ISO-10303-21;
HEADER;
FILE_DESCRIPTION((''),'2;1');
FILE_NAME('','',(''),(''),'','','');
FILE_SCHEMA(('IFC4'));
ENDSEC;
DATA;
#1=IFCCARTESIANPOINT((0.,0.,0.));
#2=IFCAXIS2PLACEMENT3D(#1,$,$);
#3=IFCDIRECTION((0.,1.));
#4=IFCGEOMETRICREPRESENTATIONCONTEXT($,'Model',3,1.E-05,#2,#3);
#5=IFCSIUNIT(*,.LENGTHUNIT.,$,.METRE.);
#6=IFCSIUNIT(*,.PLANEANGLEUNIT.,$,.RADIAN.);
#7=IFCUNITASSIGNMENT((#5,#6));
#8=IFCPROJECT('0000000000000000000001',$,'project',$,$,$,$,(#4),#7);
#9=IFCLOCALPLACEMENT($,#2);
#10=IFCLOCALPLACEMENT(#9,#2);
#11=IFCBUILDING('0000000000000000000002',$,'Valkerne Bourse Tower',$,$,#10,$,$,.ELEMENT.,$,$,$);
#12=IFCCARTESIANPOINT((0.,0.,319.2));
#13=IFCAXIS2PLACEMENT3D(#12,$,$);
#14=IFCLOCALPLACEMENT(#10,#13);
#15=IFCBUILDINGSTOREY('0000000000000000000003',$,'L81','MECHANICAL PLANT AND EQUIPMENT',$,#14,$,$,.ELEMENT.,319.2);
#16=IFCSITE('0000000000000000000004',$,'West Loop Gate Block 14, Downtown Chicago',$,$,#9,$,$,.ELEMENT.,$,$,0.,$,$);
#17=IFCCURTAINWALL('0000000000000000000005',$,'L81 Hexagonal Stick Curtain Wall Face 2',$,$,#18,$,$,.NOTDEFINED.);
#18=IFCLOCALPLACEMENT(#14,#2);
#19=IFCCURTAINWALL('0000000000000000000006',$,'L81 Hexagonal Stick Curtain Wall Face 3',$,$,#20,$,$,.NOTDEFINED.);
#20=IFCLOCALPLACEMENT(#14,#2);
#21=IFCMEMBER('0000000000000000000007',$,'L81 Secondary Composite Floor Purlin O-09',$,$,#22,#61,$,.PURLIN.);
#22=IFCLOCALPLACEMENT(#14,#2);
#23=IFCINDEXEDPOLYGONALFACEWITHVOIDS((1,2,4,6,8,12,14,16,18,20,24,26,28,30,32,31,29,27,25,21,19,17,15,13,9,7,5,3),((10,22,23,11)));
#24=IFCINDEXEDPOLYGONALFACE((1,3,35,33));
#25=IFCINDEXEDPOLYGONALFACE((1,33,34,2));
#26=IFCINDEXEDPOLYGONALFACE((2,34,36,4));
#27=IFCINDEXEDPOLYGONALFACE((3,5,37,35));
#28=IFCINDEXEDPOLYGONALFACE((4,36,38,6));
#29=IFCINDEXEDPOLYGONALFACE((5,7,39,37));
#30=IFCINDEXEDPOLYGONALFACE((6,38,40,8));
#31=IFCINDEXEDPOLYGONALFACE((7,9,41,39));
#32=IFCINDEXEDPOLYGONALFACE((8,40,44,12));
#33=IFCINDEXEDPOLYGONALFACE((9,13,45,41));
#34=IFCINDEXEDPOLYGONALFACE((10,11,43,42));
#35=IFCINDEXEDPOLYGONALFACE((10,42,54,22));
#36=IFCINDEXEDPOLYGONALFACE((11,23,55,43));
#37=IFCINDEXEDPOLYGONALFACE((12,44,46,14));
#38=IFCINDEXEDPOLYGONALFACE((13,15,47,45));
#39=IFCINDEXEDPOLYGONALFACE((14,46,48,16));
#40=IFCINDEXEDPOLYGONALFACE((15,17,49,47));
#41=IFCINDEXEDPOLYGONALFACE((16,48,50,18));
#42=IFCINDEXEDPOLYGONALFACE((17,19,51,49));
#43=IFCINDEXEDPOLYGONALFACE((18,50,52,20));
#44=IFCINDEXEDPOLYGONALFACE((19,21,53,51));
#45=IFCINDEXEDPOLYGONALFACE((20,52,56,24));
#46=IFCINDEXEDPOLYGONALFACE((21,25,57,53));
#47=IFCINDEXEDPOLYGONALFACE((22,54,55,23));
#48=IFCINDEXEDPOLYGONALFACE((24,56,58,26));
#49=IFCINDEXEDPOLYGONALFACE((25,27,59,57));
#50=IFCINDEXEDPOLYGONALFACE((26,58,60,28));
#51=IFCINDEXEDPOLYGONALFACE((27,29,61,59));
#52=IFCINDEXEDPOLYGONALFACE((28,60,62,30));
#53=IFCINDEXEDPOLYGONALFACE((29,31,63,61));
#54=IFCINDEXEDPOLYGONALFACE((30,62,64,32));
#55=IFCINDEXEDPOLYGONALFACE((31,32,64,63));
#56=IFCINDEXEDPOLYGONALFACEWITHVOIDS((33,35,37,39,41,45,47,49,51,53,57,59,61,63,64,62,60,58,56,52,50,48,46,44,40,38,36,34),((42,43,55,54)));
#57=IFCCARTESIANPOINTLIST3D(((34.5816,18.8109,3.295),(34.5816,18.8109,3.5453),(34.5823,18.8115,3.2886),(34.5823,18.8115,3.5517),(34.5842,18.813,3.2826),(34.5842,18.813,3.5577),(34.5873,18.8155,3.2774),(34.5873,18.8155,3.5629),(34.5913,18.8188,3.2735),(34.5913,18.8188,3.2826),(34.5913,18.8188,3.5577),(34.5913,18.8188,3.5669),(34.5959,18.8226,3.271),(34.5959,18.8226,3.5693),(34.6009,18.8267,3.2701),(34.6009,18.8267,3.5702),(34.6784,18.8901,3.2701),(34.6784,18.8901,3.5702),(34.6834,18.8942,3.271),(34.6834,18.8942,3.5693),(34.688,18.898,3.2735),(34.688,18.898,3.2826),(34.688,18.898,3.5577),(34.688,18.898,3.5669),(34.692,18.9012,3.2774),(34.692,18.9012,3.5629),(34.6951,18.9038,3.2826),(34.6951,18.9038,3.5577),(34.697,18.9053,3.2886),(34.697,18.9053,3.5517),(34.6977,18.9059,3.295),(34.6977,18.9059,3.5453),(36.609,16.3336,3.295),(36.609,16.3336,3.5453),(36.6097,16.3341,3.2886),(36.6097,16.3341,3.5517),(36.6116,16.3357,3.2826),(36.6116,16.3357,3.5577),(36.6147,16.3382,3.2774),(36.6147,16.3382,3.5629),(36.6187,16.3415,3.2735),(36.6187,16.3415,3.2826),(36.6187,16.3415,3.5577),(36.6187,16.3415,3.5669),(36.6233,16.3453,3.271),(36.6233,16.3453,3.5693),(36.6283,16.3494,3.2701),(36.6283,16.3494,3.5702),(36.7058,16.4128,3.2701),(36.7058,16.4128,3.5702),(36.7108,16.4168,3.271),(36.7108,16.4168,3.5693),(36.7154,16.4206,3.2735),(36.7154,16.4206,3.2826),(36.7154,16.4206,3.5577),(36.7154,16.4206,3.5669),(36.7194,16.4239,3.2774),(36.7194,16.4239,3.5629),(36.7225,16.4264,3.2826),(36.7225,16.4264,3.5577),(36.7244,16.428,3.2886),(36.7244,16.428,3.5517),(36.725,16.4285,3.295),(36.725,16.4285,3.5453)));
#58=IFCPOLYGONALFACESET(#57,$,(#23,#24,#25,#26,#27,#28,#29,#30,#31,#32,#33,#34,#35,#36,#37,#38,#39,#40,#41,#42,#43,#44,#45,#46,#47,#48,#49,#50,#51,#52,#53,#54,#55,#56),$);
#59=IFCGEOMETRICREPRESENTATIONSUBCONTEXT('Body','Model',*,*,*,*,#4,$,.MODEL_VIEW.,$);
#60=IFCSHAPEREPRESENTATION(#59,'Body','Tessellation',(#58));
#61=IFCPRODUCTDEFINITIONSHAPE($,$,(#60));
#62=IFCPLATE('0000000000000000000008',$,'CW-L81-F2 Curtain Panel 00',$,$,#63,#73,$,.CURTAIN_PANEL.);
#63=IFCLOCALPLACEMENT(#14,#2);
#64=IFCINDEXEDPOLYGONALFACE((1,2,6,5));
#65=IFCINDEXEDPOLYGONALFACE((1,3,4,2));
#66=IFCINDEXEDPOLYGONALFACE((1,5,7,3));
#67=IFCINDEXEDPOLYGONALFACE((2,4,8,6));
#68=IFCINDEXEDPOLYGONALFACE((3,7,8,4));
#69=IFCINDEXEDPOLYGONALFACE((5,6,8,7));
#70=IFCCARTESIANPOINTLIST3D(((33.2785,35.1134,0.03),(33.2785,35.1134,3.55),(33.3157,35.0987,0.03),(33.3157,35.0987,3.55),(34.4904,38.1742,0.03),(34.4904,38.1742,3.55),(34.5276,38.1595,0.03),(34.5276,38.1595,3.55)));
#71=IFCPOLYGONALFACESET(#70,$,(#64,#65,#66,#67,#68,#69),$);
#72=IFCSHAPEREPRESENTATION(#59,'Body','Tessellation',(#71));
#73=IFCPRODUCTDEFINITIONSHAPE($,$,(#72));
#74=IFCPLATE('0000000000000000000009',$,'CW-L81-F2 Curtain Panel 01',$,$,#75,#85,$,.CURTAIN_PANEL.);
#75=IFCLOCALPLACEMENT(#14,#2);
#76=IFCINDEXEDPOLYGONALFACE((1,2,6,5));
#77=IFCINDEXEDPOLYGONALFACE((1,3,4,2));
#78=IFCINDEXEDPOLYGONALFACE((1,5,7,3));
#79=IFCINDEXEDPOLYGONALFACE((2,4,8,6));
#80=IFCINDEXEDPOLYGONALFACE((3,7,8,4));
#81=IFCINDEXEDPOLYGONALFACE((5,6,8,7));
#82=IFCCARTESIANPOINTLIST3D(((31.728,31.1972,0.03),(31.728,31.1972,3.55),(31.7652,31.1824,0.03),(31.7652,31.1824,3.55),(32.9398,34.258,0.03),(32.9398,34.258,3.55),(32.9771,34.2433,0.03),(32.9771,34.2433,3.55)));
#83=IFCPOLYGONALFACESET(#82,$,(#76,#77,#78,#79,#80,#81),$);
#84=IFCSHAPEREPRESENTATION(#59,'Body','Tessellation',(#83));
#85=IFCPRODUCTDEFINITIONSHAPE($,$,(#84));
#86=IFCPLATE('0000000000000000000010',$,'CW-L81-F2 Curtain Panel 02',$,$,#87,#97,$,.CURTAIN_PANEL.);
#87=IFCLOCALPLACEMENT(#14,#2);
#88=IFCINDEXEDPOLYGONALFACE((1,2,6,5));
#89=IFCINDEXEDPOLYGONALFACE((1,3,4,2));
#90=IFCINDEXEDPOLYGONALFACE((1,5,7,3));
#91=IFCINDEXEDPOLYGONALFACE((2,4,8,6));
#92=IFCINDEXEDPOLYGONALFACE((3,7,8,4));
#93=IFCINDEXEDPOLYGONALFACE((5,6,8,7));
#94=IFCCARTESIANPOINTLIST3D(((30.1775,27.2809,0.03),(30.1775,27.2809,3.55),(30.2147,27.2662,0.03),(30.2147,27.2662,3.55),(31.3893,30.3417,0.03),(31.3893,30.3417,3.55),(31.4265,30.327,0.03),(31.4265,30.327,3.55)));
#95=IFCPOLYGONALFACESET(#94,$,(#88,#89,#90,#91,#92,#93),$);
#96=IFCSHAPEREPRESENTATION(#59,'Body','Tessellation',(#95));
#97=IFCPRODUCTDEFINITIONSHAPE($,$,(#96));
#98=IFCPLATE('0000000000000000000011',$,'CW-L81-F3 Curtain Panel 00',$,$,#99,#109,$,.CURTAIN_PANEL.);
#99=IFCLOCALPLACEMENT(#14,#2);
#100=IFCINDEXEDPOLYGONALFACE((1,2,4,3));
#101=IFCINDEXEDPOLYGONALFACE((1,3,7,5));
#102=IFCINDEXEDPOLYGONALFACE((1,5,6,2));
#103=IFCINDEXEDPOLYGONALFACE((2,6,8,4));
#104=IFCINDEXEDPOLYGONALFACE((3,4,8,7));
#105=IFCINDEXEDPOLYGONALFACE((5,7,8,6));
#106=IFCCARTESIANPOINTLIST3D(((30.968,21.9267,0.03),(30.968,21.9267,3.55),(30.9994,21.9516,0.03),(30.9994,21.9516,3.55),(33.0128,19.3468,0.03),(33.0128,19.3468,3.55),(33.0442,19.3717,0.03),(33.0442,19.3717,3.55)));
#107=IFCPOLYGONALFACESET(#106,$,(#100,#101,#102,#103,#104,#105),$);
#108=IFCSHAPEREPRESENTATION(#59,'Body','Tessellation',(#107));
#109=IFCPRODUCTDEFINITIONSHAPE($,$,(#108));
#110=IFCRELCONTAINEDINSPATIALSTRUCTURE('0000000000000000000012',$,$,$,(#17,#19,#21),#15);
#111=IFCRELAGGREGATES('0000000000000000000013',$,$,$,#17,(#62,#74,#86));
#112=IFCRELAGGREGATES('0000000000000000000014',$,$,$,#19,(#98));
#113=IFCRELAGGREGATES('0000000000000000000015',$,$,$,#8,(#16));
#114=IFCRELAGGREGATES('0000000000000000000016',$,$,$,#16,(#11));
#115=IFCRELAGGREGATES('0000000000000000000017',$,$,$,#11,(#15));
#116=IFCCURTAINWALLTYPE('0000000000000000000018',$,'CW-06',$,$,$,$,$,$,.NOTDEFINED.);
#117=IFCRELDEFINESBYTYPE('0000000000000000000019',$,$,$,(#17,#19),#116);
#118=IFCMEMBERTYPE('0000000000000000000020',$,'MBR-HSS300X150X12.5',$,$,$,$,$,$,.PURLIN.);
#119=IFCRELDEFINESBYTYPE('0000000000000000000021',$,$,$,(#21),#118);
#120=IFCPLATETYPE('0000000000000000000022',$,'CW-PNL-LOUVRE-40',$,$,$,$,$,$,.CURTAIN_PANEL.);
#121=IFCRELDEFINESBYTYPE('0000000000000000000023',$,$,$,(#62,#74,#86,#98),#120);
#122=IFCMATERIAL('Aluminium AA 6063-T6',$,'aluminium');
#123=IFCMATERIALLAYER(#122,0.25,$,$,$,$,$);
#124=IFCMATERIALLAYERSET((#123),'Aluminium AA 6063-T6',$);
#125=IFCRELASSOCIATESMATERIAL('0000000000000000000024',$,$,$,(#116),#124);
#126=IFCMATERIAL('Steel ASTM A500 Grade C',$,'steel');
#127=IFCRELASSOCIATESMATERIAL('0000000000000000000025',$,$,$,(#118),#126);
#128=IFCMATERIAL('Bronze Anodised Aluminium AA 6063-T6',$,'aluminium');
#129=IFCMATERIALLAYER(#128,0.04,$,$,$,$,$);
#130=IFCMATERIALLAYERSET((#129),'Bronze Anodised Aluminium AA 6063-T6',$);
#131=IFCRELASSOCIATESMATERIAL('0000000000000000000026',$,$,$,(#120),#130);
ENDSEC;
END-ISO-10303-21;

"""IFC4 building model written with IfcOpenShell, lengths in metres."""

from ifc_helpers import new_model, si_unit, direction, frame, origin, origin_2d, place, context, subcontext, project, spatial, rectangle, hollow_rectangle, extrude, material, layer, layer_set, material_profile, profile_set, type_object, element, aggregate, save


model = new_model("IFC4")

# Units and contexts
model_context = context("Model", 3, precision=1e-05, world=origin(), true_north=direction((0.0, 1.0)))
body_context = subcontext(model_context, "Body", "Model", "MODEL_VIEW")
ifc_project = project(units=[si_unit("LENGTHUNIT", "METRE"), si_unit("PLANEANGLEUNIT", "RADIAN")], contexts=[model_context])

# Site, building, storey
site_placement = place(None, origin())
site = spatial("IfcSite", under=ifc_project, at=site_placement, Name="West Loop Gate Block 14, Downtown Chicago", CompositionType="ELEMENT", RefElevation=0.0)
building_placement = place(site_placement, origin())
building = spatial("IfcBuilding", under=site, at=building_placement, Name="Valkerne Bourse Tower", CompositionType="ELEMENT")
storey_placement = place(building_placement, frame((0.0, 0.0, 319.2)))
storey = spatial("IfcBuildingStorey", under=building, at=storey_placement, Name="L81", Description="MECHANICAL PLANT AND EQUIPMENT", CompositionType="ELEMENT", Elevation=319.2)

# Shared definitions
ifc_material_1 = material(Name="Steel ASTM A500 Grade C", Category="steel")

# Curtain walls
ifc_material_2 = material(Name="Aluminium AA 6063-T6", Category="aluminium")
ifc_layer_1 = layer(ifc_material_2, 0.25)
ifc_layer_set_1 = layer_set([ifc_layer_1], Name="Aluminium AA 6063-T6")
curtain_wall_type = type_object("IfcCurtainWallType", Name="CW-06", PredefinedType="NOTDEFINED", material=ifc_layer_set_1)
curtain_wall_1_placement = place(storey_placement, origin())
curtain_wall_1 = element("IfcCurtainWall", 1, at=curtain_wall_1_placement, inside=storey, type_object=curtain_wall_type, Name="L81 Hexagonal Stick Curtain Wall Face 2", PredefinedType="NOTDEFINED")
curtain_wall_2_placement = place(storey_placement, origin())
curtain_wall_2 = element("IfcCurtainWall", 2, at=curtain_wall_2_placement, inside=storey, type_object=curtain_wall_type, Name="L81 Hexagonal Stick Curtain Wall Face 3", PredefinedType="NOTDEFINED")

# Member
ifc_material_profile_1 = material_profile(ifc_material_1, hollow_rectangle(XDim=0.1499, YDim=0.3, WallThickness=0.0125, OuterFilletRadius=0.0249, at=origin_2d()), Name="HSS300X150X12.5")
ifc_profile_set_1 = profile_set([ifc_material_profile_1], Name="Steel ASTM A500 Grade C")
member_type_1 = type_object("IfcMemberType", Name="MBR-HSS300X150X12.5", PredefinedType="PURLIN", material=ifc_profile_set_1)
member_1_placement = place(storey_placement, frame((34.6396, 18.8584, 3.4202), z_axis=(0.633325, -0.773886, 0.0), x_axis=(0.773886, 0.633325, 0.0)))
element("IfcMember", 3, at=member_1_placement, inside=storey, type_object=member_type_1, Name="L81 Secondary Composite Floor Purlin O-09", PredefinedType="PURLIN", context=body_context, shape_type="SweptSolid", body=[
    extrude(hollow_rectangle(XDim=0.1499, YDim=0.3, WallThickness=0.0125, OuterFilletRadius=0.0249, at=origin_2d()), origin(), (0.0, 0.0, 1.0), 3.2012),
])

# Plates
ifc_material_3 = material(Name="Bronze Anodised Aluminium AA 6063-T6", Category="aluminium")
ifc_layer_2 = layer(ifc_material_3, 0.04)
ifc_layer_set_2 = layer_set([ifc_layer_2], Name="Bronze Anodised Aluminium AA 6063-T6")
plate_type = type_object("IfcPlateType", Name="CW-PNL-LOUVRE-40", PredefinedType="CURTAIN_PANEL", material=ifc_layer_set_2)
plate_1_placement = place(storey_placement, frame((33.9031, 36.6365, 0.03), z_axis=(0.0, 0.0, 1.0), x_axis=(-0.36813, -0.929774, 0.0)))
plate_1 = element("IfcPlate", 4, at=plate_1_placement, type_object=plate_type, Name="CW-L81-F2 Curtain Panel 00", PredefinedType="CURTAIN_PANEL", context=body_context, shape_type="SweptSolid", body=[
    extrude(rectangle(XDim=3.292, YDim=0.04, at=origin_2d()), origin(), (0.0, 0.0, 1.0), 3.52),
])
plate_2_placement = place(storey_placement, frame((32.3525, 32.7202, 0.03), z_axis=(0.0, 0.0, 1.0), x_axis=(-0.368118, -0.929779, 0.0)))
plate_2 = element("IfcPlate", 5, at=plate_2_placement, type_object=plate_type, Name="CW-L81-F2 Curtain Panel 01", PredefinedType="CURTAIN_PANEL", context=body_context, shape_type="SweptSolid", body=[
    extrude(rectangle(XDim=3.292, YDim=0.04, at=origin_2d()), origin(), (0.0, 0.0, 1.0), 3.52),
])
plate_3_placement = place(storey_placement, frame((30.802, 28.804, 0.03), z_axis=(0.0, 0.0, 1.0), x_axis=(-0.368118, -0.929779, 0.0)))
plate_3 = element("IfcPlate", 6, at=plate_3_placement, type_object=plate_type, Name="CW-L81-F2 Curtain Panel 02", PredefinedType="CURTAIN_PANEL", context=body_context, shape_type="SweptSolid", body=[
    extrude(rectangle(XDim=3.292, YDim=0.04, at=origin_2d()), origin(), (0.0, 0.0, 1.0), 3.52),
])
aggregate(curtain_wall_1, [plate_1, plate_2, plate_3])
plate_4_placement = place(storey_placement, frame((32.0061, 20.6492, 0.03), z_axis=(0.0, 0.0, 1.0), x_axis=(0.621153, -0.783689, 0.0)))
plate_4 = element("IfcPlate", 7, at=plate_4_placement, type_object=plate_type, Name="CW-L81-F3 Curtain Panel 00", PredefinedType="CURTAIN_PANEL", context=body_context, shape_type="SweptSolid", body=[
    extrude(rectangle(XDim=3.292, YDim=0.04, at=origin_2d()), origin(), (0.0, 0.0, 1.0), 3.52),
])
aggregate(curtain_wall_2, [plate_4])

save(model, "model.ifc")
